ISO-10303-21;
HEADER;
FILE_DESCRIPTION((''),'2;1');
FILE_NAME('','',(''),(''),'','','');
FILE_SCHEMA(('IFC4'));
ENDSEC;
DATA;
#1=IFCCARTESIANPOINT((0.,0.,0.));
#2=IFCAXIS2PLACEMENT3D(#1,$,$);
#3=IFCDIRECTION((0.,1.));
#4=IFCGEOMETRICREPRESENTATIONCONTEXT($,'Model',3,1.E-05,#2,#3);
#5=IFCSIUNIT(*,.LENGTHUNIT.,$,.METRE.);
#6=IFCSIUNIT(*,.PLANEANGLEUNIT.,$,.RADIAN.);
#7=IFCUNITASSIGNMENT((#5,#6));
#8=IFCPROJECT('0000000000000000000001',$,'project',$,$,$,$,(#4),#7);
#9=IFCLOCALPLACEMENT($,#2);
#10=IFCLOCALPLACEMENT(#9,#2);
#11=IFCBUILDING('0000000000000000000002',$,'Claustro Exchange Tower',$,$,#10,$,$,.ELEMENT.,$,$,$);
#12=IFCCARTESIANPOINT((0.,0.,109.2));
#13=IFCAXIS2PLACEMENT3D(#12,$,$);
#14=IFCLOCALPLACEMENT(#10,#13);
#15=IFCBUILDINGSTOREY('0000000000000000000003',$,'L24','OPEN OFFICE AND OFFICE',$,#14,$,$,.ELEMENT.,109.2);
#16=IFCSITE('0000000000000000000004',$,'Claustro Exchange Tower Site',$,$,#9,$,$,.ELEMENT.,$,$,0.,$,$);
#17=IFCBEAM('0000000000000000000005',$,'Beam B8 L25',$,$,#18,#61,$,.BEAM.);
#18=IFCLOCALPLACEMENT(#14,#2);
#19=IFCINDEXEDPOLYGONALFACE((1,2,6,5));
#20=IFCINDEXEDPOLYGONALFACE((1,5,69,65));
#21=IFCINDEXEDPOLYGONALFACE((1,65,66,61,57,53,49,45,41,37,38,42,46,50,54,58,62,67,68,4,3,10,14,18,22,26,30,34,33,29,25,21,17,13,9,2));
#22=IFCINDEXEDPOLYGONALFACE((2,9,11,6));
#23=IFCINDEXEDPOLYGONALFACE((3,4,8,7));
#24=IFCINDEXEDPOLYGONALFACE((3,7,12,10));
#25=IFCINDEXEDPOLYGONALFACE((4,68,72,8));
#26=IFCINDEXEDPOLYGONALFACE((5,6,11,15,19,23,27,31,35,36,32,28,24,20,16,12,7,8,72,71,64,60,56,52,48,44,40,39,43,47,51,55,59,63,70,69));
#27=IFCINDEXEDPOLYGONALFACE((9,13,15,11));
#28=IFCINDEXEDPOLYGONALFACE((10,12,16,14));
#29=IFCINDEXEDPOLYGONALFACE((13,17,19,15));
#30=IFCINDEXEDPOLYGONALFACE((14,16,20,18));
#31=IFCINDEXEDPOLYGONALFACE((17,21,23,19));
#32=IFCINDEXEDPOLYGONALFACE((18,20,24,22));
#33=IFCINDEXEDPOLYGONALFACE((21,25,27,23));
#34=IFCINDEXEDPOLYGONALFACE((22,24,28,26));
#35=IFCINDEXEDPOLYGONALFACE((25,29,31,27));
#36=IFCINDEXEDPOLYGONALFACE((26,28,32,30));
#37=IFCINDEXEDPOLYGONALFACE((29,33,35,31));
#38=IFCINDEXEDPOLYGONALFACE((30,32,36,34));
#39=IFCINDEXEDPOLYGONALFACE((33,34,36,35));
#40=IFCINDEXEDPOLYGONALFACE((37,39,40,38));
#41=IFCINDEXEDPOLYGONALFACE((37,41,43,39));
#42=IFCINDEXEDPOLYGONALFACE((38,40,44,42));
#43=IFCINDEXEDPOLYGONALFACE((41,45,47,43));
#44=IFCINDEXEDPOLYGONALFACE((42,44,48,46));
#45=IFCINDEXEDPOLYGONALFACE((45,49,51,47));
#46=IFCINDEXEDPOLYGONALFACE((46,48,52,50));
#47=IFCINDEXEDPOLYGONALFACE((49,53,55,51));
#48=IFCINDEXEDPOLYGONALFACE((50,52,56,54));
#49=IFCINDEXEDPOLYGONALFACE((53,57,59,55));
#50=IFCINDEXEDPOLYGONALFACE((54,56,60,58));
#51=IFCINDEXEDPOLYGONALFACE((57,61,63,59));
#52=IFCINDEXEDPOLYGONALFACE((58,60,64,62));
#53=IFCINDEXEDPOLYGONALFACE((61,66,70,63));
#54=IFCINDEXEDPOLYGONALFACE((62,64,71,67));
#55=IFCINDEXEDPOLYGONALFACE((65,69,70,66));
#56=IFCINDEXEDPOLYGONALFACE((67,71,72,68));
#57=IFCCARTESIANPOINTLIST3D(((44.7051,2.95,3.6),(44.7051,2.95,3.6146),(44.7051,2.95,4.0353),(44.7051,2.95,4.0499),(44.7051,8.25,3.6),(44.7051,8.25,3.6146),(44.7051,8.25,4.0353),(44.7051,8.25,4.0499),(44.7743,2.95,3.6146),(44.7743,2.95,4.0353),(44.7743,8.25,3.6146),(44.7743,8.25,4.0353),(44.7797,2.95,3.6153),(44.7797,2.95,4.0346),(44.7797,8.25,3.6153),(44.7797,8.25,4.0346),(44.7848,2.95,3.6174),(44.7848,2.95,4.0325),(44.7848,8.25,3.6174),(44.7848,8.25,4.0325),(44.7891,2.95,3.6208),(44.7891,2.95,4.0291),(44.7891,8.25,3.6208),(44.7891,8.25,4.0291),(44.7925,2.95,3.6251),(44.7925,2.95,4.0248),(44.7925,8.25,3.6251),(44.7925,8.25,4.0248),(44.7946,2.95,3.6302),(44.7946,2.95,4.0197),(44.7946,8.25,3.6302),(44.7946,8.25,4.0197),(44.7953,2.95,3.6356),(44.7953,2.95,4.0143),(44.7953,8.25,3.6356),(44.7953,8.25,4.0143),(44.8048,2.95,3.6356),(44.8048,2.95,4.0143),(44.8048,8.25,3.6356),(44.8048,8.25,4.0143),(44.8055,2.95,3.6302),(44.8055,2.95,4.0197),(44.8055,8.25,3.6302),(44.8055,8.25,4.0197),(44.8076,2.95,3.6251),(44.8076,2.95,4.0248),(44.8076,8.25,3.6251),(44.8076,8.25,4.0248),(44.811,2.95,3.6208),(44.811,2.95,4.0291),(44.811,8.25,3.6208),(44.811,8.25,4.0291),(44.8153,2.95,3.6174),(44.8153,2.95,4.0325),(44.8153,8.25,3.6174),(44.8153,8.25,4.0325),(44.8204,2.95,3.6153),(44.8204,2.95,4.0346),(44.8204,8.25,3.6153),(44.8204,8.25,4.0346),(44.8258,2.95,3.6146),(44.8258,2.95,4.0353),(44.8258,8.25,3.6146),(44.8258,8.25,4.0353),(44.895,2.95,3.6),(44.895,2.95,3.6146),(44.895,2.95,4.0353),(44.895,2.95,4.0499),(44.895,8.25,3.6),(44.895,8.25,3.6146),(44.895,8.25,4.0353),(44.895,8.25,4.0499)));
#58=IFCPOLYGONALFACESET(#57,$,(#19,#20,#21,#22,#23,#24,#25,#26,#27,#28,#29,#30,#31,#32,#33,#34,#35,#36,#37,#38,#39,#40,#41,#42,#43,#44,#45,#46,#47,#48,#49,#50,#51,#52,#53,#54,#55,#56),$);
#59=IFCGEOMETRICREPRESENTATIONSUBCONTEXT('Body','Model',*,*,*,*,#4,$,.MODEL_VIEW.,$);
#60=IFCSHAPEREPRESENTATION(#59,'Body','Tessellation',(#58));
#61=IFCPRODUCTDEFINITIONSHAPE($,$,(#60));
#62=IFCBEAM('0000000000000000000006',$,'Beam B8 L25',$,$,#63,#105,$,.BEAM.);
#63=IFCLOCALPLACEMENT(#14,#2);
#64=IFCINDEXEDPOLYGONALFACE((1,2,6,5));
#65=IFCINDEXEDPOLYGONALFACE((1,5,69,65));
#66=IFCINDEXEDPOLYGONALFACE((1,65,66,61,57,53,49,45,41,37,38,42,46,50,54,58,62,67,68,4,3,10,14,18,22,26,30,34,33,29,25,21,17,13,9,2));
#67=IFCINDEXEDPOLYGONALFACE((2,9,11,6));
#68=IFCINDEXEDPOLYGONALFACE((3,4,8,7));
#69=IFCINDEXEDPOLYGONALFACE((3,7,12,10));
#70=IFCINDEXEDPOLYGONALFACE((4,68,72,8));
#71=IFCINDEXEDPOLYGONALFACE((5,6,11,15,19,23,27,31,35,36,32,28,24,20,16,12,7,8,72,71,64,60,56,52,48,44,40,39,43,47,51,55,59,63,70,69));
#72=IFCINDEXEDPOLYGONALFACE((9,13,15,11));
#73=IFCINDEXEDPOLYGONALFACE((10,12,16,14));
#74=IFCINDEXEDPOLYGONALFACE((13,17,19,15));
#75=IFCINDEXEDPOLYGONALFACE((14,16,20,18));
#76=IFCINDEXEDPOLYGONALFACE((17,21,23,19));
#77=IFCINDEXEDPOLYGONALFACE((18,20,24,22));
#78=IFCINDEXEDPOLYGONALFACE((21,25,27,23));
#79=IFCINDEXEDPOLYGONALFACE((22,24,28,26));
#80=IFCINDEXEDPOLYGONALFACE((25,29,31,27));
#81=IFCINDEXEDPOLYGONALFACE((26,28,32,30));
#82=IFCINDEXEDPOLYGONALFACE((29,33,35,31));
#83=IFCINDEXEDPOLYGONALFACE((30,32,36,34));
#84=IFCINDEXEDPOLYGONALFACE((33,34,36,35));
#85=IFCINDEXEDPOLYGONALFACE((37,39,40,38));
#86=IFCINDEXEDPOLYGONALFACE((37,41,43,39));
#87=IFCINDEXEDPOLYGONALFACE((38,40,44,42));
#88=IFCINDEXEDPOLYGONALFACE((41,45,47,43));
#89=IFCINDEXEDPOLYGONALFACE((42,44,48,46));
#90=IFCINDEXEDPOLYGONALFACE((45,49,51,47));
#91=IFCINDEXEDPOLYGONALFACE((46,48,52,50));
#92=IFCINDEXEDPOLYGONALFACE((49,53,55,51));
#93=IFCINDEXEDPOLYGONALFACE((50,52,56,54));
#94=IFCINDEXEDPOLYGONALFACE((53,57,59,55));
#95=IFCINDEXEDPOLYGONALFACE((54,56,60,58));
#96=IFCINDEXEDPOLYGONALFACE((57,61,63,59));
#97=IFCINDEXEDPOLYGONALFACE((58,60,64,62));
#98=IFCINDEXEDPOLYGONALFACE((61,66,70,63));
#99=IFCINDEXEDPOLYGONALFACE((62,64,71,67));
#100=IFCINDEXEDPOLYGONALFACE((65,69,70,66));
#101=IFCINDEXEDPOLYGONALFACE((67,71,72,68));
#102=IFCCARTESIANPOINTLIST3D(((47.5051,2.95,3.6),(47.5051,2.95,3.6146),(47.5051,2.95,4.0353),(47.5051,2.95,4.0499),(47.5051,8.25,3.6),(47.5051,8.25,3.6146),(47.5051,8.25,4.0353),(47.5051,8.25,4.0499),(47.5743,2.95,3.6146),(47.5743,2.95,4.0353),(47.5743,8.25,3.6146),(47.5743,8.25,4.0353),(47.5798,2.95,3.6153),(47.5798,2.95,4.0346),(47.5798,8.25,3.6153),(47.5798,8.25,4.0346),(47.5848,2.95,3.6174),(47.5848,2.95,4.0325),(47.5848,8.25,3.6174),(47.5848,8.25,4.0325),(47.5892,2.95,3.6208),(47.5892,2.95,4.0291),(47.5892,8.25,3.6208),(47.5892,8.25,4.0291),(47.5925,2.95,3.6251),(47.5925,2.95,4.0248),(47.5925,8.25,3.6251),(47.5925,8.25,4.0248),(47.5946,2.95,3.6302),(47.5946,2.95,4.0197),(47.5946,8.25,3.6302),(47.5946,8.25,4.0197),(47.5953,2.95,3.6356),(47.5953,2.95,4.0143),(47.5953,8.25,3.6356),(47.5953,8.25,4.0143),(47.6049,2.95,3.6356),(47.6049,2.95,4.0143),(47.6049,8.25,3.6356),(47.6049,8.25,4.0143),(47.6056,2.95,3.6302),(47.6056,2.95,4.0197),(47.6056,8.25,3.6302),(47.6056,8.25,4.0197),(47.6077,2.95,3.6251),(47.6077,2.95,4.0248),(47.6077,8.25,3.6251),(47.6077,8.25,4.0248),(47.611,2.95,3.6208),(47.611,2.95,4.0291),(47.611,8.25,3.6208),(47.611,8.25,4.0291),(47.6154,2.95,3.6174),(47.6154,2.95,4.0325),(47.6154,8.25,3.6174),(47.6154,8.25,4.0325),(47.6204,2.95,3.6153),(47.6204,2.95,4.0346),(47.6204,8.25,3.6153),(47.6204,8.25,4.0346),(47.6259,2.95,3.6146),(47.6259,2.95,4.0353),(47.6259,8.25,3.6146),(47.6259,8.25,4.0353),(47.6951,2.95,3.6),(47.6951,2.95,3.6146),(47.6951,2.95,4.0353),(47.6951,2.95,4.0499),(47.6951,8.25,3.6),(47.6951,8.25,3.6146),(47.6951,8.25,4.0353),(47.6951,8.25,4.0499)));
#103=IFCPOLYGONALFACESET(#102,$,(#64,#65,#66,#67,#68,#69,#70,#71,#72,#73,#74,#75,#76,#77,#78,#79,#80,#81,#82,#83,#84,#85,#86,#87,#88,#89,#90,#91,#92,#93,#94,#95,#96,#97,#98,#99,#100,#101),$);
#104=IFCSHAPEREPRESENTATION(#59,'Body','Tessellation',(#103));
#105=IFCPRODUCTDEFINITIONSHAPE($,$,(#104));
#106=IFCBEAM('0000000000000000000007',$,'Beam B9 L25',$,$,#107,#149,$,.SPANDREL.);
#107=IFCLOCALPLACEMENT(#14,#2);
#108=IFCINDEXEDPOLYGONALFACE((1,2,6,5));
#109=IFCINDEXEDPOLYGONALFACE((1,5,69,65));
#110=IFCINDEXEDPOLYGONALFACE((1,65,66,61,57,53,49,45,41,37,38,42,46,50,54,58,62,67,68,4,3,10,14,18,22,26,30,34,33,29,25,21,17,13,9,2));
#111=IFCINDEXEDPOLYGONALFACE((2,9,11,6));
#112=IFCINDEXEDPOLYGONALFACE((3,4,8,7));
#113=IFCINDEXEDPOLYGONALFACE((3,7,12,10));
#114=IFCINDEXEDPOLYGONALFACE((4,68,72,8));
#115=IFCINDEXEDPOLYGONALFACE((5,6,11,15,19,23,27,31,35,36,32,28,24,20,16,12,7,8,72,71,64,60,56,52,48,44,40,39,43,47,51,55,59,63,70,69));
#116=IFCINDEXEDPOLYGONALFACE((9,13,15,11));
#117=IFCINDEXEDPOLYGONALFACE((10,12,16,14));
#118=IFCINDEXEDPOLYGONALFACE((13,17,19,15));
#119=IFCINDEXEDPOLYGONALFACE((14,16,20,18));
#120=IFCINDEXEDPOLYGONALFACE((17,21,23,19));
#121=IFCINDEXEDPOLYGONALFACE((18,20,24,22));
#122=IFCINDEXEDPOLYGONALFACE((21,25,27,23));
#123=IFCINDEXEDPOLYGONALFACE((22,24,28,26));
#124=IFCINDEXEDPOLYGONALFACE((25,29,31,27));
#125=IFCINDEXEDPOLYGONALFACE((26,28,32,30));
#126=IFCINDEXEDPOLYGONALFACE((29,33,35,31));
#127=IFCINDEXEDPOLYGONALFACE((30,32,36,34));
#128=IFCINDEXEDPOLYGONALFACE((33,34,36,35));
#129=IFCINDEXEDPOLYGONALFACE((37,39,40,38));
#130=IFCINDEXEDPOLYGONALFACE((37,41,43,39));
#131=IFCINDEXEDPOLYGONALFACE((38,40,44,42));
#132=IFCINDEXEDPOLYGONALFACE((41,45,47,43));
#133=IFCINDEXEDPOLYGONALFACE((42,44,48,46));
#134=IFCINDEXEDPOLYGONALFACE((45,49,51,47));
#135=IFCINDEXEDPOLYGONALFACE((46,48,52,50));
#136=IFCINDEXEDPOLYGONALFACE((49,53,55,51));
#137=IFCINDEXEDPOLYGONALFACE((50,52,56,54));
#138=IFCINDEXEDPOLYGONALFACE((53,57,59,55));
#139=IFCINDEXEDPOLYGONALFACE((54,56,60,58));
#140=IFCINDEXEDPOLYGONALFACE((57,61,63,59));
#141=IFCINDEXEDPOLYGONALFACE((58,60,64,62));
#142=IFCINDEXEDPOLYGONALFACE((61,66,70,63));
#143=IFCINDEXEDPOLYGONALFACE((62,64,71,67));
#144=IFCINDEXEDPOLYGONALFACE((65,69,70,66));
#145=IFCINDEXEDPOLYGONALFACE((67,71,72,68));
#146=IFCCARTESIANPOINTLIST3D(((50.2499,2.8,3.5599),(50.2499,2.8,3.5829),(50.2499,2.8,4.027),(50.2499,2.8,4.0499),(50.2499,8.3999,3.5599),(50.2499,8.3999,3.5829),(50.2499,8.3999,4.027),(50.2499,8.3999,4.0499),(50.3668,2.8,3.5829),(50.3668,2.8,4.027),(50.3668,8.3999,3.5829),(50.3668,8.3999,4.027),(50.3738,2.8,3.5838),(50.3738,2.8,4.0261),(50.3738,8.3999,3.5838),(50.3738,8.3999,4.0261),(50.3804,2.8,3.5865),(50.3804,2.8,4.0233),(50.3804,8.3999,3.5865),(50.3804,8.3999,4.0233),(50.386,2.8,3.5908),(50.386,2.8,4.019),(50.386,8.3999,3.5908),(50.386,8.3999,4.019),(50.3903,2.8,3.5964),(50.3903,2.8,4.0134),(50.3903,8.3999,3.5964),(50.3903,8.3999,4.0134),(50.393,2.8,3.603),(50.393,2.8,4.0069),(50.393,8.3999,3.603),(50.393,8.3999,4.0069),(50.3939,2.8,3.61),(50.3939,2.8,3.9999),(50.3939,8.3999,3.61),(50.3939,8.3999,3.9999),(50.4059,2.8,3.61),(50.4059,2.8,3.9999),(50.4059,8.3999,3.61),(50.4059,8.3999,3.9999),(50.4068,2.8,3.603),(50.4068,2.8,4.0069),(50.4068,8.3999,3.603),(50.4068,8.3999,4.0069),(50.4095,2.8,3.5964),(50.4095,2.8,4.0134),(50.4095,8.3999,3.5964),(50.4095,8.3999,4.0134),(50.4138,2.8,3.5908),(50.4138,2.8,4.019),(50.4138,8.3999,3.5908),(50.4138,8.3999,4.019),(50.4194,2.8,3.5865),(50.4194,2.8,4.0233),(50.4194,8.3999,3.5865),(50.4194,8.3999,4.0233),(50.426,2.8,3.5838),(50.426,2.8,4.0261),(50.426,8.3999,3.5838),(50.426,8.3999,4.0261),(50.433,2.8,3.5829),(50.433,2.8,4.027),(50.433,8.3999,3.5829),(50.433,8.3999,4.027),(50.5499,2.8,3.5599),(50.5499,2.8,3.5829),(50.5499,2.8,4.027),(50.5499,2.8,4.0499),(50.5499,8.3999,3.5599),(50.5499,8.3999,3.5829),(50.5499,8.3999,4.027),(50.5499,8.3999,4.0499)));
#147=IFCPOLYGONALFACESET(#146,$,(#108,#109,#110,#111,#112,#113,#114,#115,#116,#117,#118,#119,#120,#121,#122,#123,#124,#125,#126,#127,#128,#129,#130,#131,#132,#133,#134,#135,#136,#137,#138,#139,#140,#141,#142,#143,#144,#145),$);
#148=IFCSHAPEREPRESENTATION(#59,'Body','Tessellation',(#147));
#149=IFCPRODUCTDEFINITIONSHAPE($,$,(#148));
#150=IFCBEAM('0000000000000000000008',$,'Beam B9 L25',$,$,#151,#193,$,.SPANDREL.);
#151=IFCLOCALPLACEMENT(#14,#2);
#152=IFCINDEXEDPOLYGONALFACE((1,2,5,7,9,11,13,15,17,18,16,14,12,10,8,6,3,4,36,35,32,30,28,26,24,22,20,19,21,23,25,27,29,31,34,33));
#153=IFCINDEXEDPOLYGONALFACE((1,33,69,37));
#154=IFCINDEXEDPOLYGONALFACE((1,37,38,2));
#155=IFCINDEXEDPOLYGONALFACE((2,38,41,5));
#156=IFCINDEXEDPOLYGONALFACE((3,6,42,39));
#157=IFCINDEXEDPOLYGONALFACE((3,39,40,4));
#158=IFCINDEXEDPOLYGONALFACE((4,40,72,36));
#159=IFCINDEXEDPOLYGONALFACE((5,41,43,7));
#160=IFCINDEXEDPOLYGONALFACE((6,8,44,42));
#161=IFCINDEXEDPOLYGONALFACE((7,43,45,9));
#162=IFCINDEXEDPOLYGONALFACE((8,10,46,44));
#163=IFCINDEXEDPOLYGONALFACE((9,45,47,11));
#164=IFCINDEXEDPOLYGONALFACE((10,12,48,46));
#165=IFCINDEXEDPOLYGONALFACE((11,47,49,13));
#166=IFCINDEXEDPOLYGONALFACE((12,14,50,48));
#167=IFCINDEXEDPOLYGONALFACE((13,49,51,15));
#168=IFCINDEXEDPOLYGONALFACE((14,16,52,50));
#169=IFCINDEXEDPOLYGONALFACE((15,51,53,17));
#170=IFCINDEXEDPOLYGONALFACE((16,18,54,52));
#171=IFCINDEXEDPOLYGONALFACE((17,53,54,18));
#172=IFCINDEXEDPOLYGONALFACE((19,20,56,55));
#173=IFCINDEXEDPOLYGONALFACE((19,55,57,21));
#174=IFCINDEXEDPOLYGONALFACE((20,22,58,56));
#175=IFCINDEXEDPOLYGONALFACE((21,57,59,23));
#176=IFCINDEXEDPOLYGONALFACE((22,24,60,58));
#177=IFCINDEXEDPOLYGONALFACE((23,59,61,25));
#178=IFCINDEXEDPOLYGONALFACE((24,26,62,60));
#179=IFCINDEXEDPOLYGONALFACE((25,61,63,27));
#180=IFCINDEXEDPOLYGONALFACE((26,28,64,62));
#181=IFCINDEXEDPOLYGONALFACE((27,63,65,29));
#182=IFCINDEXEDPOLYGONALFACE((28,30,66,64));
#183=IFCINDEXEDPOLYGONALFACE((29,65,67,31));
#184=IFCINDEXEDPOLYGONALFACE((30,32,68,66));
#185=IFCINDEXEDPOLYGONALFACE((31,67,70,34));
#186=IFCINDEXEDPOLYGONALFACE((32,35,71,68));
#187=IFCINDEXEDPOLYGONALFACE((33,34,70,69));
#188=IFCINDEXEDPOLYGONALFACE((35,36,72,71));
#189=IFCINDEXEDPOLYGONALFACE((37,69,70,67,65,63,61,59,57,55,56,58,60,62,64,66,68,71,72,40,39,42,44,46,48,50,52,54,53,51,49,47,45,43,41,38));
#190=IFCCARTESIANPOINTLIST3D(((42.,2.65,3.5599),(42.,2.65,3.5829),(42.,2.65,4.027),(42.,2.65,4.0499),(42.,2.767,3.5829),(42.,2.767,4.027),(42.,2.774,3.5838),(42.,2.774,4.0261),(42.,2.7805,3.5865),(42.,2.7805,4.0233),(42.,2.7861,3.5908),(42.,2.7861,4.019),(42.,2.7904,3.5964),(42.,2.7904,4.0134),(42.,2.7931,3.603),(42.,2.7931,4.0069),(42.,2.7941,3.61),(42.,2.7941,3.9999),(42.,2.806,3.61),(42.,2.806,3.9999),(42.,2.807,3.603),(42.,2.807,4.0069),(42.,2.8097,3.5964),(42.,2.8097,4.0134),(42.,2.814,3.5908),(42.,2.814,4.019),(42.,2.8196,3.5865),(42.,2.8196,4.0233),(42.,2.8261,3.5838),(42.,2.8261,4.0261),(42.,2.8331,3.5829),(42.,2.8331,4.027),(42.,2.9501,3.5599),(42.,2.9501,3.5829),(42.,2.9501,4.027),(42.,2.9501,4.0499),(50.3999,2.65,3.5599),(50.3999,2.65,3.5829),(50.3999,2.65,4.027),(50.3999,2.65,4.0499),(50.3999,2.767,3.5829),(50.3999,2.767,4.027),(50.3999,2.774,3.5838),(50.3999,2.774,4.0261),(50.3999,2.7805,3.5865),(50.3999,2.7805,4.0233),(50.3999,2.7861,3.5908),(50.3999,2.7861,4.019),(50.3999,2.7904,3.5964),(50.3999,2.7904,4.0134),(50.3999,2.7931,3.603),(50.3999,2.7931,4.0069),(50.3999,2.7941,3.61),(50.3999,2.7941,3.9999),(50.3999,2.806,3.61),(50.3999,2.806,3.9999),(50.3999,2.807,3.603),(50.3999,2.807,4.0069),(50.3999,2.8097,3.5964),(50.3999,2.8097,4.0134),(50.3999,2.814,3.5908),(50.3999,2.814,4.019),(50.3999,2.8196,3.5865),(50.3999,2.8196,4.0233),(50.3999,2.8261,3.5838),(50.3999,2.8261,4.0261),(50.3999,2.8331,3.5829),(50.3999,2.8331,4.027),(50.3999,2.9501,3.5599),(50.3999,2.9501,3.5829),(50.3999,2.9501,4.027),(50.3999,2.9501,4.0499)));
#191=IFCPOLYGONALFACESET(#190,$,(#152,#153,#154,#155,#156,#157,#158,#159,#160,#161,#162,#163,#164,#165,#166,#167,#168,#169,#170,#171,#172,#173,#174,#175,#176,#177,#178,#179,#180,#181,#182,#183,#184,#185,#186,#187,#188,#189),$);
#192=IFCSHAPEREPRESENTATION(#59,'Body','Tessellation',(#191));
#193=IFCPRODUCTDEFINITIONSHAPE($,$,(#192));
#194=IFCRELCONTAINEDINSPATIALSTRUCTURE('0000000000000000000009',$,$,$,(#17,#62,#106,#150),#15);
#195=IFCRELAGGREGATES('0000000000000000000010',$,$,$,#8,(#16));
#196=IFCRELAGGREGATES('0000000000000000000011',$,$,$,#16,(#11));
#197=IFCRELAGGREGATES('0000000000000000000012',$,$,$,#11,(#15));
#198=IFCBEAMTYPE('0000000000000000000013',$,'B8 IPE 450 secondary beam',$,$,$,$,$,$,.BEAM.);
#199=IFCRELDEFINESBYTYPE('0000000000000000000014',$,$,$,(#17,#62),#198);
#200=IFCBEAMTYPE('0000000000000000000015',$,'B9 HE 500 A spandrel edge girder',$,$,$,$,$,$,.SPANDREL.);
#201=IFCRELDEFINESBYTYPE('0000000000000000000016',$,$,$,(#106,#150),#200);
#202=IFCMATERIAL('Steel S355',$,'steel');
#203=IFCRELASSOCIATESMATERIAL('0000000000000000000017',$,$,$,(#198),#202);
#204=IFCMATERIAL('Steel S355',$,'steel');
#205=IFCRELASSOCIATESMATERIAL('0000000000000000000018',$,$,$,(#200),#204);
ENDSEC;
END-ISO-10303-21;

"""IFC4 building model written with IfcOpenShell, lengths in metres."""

from ifc_helpers import new_model, si_unit, direction, frame, origin, origin_2d, place, context, subcontext, project, spatial, i_section, extrude, material, material_profile, profile_set, type_object, element, save


model = new_model("IFC4")

# Units and contexts
model_context = context("Model", 3, precision=1e-05, world=origin(), true_north=direction((0.0, 1.0)))
body_context = subcontext(model_context, "Body", "Model", "MODEL_VIEW")
ifc_project = project(units=[si_unit("LENGTHUNIT", "METRE"), si_unit("PLANEANGLEUNIT", "RADIAN")], contexts=[model_context])

# Site, building, storey
site_placement = place(None, origin())
site = spatial("IfcSite", under=ifc_project, at=site_placement, Name="Claustro Exchange Tower Site", CompositionType="ELEMENT", RefElevation=0.0)
building_placement = place(site_placement, origin())
building = spatial("IfcBuilding", under=site, at=building_placement, Name="Claustro Exchange Tower", CompositionType="ELEMENT")
storey_placement = place(building_placement, frame((0.0, 0.0, 109.2)))
storey = spatial("IfcBuildingStorey", under=building, at=storey_placement, Name="L24", Description="OPEN OFFICE AND OFFICE", CompositionType="ELEMENT", Elevation=109.2)

# Beams
ifc_material_1 = material(Name="Steel S355", Category="steel")
ifc_material_profile_1 = material_profile(ifc_material_1, i_section(OverallWidth=0.1899, OverallDepth=0.45, WebThickness=0.0095, FlangeThickness=0.0146, FilletRadius=0.021, at=origin_2d()), Name="IPE 450")
ifc_profile_set_1 = profile_set([ifc_material_profile_1], Name="Steel S355")
beam_type_1 = type_object("IfcBeamType", Name="B8 IPE 450 secondary beam", PredefinedType="BEAM", material=ifc_profile_set_1)
for number, where, z_axis, x_axis, name in (
    (1, (44.8, 2.95, 3.825), (0.0, 1.0, 0.0), (-1.0, 0.0, 0.0), "Beam B8 L25"),
    (2, (47.6001, 2.95, 3.825), (0.0, 1.0, 0.0), (-1.0, 0.0, 0.0), "Beam B8 L25"),
):
    element("IfcBeam", number, at=place(storey_placement, frame(where, z_axis=z_axis, x_axis=x_axis)), inside=storey, type_object=beam_type_1, Name=name, PredefinedType="BEAM", context=body_context, shape_type="SweptSolid", body=[
        extrude(i_section(OverallWidth=0.1899, OverallDepth=0.45, WebThickness=0.0095, FlangeThickness=0.0146, FilletRadius=0.021, at=origin_2d()), origin(), (0.0, 0.0, 1.0), 5.3),
    ])
ifc_material_2 = material(Name="Steel S355", Category="steel")
ifc_material_profile_2 = material_profile(ifc_material_2, i_section(OverallWidth=0.3, OverallDepth=0.49, WebThickness=0.012, FlangeThickness=0.0229, FilletRadius=0.0271, at=origin_2d()), Name="HE 500 A")
ifc_profile_set_2 = profile_set([ifc_material_profile_2], Name="Steel S355")
beam_type_2 = type_object("IfcBeamType", Name="B9 HE 500 A spandrel edge girder", PredefinedType="SPANDREL", material=ifc_profile_set_2)
beam_1_placement = place(storey_placement, frame((50.3999, 2.8, 3.8049), z_axis=(0.0, 1.0, 0.0), x_axis=(-1.0, 0.0, 0.0)))
element("IfcBeam", 3, at=beam_1_placement, inside=storey, type_object=beam_type_2, Name="Beam B9 L25", PredefinedType="SPANDREL", context=body_context, shape_type="SweptSolid", body=[
    extrude(i_section(OverallWidth=0.3, OverallDepth=0.49, WebThickness=0.012, FlangeThickness=0.0229, FilletRadius=0.0271, at=origin_2d()), origin(), (0.0, 0.0, 1.0), 5.5999),
])
beam_2_placement = place(storey_placement, frame((42.0, 2.8, 3.8049), z_axis=(1.0, 0.0, 0.0), x_axis=(0.0, 1.0, 0.0)))
element("IfcBeam", 4, at=beam_2_placement, inside=storey, type_object=beam_type_2, Name="Beam B9 L25", PredefinedType="SPANDREL", context=body_context, shape_type="SweptSolid", body=[
    extrude(i_section(OverallWidth=0.3, OverallDepth=0.49, WebThickness=0.012, FlangeThickness=0.0229, FilletRadius=0.0271, at=origin_2d()), origin(), (0.0, 0.0, 1.0), 8.3999),
])

save(model, "model.ifc")
